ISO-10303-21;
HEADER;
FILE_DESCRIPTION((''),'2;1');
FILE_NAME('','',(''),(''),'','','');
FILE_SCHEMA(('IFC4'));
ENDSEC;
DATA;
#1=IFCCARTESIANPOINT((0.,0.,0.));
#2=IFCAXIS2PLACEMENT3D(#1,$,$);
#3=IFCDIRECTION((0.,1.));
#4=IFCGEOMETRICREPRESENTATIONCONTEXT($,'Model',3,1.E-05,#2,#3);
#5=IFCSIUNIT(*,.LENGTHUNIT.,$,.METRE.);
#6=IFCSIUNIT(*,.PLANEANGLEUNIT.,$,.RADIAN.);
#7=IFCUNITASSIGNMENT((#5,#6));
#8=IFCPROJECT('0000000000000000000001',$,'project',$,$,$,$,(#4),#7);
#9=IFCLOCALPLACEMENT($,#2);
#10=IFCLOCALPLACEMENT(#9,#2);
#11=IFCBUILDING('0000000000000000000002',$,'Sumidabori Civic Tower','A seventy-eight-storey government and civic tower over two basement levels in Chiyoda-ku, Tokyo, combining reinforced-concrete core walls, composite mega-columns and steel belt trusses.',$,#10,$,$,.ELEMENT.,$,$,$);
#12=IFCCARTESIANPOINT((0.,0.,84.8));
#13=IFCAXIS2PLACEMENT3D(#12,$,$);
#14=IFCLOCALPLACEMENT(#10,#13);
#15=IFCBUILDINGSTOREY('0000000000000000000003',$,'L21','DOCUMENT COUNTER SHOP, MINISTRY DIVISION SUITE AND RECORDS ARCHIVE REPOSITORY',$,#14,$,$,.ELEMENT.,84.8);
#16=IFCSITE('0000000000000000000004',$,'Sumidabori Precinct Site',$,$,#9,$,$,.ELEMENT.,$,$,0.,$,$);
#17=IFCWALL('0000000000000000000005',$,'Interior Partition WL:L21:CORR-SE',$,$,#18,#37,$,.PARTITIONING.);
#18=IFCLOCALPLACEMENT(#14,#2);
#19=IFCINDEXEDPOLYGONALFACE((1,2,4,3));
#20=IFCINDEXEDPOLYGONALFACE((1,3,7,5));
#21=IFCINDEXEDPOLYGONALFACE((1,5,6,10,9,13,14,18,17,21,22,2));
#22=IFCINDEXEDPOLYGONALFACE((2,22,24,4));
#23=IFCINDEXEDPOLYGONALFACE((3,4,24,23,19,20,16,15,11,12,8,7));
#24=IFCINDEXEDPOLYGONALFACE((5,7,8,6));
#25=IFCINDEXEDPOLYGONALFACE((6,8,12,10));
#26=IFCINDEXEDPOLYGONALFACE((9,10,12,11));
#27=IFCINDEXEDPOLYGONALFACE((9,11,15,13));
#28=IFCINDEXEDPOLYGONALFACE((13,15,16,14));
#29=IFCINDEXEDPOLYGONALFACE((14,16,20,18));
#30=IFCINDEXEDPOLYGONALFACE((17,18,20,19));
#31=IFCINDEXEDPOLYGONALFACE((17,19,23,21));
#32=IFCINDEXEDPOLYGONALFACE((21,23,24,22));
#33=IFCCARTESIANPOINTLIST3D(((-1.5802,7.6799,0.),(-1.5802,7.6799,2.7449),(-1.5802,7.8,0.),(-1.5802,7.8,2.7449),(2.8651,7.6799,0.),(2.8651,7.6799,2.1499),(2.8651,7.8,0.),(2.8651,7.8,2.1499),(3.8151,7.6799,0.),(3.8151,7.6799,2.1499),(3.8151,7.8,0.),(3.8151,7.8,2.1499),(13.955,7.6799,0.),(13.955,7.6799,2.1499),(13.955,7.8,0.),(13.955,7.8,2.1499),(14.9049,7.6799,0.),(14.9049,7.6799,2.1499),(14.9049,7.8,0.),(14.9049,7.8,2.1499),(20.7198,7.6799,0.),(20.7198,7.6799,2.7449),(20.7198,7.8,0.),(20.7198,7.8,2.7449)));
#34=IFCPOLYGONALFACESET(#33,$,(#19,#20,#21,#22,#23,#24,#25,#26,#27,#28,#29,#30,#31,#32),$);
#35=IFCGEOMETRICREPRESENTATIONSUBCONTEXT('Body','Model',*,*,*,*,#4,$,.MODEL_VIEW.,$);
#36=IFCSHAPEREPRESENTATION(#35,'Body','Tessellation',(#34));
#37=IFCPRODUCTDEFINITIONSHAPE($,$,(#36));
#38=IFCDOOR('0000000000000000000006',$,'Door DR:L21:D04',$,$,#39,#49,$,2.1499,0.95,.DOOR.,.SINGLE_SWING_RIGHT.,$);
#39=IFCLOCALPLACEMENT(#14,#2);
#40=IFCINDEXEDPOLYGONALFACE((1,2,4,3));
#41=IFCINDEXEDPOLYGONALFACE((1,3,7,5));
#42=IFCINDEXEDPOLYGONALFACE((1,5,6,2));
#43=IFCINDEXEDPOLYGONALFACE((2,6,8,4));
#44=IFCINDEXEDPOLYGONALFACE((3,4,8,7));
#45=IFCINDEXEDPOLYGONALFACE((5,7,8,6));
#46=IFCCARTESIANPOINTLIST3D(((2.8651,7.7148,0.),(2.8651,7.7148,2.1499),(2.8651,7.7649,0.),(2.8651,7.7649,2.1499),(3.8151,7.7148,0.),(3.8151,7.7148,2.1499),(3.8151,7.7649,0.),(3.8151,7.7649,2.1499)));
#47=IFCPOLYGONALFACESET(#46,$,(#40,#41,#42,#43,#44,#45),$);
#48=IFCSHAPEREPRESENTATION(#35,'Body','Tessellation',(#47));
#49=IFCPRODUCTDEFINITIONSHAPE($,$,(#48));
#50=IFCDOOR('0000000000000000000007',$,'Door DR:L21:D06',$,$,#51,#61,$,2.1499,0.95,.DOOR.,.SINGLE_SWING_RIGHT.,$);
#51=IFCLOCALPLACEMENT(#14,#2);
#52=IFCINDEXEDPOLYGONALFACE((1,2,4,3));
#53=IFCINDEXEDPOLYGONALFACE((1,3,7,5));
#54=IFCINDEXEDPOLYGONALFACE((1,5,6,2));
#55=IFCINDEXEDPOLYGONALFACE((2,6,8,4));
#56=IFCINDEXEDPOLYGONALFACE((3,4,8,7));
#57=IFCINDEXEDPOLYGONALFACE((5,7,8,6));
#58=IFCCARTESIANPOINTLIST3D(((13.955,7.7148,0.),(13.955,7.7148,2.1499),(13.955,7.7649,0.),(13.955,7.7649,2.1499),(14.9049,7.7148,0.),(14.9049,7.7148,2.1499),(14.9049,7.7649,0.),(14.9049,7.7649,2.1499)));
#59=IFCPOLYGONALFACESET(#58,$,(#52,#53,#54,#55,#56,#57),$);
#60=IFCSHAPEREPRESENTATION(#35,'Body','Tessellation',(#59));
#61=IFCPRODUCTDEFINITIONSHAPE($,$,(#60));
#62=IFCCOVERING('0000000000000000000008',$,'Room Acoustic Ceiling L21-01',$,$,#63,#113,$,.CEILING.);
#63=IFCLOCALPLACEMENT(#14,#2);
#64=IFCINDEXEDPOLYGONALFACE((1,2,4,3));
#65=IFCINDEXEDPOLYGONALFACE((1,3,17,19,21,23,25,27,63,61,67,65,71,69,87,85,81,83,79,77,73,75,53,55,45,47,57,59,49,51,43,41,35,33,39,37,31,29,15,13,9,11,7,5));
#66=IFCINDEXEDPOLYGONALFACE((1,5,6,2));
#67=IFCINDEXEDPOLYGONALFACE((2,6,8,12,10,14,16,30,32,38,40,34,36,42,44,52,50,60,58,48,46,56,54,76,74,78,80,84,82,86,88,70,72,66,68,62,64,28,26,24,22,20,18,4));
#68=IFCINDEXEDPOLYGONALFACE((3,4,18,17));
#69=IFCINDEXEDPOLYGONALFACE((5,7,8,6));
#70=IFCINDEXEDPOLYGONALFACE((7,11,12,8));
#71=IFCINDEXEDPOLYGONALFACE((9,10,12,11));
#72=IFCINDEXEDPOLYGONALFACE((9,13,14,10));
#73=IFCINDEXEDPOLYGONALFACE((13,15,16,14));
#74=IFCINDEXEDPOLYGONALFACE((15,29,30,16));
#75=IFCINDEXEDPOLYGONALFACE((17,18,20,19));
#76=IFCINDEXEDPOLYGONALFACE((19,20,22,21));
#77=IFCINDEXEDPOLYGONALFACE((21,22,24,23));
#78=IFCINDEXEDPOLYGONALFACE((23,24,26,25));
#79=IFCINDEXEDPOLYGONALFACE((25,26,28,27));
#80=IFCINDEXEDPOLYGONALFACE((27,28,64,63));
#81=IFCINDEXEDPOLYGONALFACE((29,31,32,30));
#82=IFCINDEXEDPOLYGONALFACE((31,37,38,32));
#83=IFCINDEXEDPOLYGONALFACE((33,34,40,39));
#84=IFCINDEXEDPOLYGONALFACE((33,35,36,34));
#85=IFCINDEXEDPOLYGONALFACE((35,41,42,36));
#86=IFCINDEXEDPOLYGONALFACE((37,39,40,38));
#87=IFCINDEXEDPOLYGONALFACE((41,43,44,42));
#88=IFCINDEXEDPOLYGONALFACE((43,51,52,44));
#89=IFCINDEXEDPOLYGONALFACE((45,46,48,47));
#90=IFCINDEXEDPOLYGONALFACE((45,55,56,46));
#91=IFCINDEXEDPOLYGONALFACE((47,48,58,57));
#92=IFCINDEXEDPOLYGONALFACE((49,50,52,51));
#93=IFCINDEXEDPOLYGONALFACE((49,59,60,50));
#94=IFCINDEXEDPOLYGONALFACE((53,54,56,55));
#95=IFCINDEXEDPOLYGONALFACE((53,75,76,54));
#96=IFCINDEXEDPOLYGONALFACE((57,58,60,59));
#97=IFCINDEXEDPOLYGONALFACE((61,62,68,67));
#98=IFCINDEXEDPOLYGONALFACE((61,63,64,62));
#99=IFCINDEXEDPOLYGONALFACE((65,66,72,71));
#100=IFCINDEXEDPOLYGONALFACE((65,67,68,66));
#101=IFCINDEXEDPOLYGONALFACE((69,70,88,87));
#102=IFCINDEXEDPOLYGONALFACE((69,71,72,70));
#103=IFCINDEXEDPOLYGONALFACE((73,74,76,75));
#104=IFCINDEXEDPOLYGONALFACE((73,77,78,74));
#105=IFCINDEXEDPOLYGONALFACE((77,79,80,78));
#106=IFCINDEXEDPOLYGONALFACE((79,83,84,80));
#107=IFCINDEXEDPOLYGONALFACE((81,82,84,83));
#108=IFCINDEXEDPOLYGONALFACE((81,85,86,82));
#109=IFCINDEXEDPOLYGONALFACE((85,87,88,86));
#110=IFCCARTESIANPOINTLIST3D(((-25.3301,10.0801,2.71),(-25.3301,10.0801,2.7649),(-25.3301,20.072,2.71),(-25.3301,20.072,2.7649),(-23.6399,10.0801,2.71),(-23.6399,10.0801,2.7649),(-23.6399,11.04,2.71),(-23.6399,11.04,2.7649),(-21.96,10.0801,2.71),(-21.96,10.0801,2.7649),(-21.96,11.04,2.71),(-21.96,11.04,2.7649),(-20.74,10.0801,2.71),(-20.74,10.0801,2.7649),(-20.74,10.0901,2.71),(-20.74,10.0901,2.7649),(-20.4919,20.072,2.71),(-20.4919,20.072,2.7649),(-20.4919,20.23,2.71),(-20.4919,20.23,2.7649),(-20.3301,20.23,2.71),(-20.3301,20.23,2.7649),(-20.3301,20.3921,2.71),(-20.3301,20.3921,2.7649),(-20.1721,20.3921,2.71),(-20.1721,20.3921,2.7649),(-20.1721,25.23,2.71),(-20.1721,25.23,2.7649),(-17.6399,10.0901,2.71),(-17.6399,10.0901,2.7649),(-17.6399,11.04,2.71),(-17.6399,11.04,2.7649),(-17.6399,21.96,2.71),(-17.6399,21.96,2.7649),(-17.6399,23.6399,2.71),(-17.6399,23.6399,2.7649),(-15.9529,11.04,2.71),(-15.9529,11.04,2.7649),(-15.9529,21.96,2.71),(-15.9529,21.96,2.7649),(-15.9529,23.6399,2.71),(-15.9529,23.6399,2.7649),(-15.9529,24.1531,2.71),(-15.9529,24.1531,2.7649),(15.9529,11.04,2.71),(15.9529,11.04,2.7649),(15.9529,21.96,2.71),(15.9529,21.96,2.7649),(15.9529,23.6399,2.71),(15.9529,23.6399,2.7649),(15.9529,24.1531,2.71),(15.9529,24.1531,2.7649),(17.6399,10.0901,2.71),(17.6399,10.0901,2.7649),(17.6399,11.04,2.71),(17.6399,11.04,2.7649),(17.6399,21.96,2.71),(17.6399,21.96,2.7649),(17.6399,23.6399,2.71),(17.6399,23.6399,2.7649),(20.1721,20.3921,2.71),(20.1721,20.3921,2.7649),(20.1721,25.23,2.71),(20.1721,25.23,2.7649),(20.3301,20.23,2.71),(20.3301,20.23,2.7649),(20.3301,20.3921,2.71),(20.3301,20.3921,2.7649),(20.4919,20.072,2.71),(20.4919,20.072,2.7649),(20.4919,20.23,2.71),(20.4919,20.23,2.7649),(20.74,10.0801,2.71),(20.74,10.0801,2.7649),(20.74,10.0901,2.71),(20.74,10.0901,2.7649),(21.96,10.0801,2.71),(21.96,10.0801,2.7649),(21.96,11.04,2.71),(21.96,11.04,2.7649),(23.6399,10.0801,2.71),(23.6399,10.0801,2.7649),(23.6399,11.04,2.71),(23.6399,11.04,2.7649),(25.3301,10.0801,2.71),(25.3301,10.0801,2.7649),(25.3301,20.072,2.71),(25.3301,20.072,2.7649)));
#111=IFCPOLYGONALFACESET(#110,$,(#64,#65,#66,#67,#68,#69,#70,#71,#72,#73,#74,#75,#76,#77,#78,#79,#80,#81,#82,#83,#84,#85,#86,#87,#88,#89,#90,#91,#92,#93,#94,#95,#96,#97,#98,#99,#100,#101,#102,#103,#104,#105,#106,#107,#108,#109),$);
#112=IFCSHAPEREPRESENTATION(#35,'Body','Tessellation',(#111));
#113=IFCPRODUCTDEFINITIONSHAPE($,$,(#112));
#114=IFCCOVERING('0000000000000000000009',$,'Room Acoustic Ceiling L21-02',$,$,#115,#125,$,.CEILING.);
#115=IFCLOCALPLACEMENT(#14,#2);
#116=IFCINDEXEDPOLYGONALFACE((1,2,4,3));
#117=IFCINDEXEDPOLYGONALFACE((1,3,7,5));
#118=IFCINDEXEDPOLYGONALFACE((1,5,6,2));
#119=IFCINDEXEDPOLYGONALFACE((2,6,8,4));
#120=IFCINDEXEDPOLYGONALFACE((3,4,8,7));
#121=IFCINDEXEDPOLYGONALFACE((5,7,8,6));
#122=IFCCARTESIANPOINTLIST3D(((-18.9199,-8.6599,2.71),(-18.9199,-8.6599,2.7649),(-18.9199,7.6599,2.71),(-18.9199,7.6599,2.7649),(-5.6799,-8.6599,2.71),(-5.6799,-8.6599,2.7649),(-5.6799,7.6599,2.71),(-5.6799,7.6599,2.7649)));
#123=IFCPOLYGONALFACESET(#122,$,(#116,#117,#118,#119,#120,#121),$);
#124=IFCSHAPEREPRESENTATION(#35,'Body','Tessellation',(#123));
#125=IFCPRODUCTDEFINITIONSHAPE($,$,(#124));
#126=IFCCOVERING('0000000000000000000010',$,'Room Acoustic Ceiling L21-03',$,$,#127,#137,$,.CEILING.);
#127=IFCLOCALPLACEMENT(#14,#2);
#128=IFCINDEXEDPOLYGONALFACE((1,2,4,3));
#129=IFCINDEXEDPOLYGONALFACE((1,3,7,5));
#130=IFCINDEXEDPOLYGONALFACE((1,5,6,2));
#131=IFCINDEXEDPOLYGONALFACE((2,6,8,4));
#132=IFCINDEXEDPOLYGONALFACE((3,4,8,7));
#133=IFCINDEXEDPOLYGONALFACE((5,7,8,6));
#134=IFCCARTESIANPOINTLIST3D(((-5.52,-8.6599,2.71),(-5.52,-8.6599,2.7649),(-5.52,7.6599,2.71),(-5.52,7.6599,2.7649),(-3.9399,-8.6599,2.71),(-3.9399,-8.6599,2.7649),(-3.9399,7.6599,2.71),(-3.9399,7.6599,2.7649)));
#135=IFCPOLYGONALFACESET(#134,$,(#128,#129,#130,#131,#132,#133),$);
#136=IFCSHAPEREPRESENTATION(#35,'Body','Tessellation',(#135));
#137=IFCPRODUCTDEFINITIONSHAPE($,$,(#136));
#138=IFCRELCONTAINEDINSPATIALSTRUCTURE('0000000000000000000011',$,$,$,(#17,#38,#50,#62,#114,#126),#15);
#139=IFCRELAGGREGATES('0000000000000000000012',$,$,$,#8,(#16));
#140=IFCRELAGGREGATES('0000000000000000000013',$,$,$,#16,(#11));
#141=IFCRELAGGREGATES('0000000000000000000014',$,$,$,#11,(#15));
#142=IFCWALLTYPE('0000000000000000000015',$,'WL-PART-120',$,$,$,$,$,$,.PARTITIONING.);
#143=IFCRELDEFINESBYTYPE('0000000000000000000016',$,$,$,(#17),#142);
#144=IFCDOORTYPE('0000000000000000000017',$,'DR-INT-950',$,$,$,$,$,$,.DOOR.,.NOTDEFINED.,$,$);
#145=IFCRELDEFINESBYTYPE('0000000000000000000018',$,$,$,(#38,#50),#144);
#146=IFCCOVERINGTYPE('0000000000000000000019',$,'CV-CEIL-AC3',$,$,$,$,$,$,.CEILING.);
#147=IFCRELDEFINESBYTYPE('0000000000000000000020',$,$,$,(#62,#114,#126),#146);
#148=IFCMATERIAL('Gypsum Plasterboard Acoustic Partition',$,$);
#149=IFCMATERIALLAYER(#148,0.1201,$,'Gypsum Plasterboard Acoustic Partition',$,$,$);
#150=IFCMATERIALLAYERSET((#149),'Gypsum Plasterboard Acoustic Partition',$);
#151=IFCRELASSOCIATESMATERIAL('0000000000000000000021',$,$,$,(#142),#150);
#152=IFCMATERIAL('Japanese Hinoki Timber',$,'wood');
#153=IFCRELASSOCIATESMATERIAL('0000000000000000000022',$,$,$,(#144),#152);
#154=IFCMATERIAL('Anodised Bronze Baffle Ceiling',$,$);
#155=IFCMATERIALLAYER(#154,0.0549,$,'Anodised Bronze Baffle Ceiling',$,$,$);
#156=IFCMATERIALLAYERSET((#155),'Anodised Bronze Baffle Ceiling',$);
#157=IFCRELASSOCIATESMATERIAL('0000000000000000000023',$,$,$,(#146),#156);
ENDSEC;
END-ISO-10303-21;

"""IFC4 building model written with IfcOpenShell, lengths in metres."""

from ifc_helpers import new_model, si_unit, direction, frame, frame_2d, origin, place, context, subcontext, project, spatial, polyline, rectangle, outline, extrude, source, transform, mapped, material, layer, layer_set, type_object, element, fill, save


model = new_model("IFC4")

# Units and contexts
model_context = context("Model", 3, precision=1e-05, world=origin(), true_north=direction((0.0, 1.0)))
body_context = subcontext(model_context, "Body", "Model", "MODEL_VIEW")
ifc_project = project(units=[si_unit("LENGTHUNIT", "METRE"), si_unit("PLANEANGLEUNIT", "RADIAN")], contexts=[model_context])

# Site, building, storey
site_placement = place(None, origin())
site = spatial("IfcSite", under=ifc_project, at=site_placement, Name="Sumidabori Precinct Site", CompositionType="ELEMENT", RefElevation=0.0)
building_placement = place(site_placement, origin())
building = spatial("IfcBuilding", under=site, at=building_placement, Name="Sumidabori Civic Tower", Description="A seventy-eight-storey government and civic tower over two basement levels in Chiyoda-ku, Tokyo, combining reinforced-concrete core walls, composite mega-columns and steel belt trusses.", CompositionType="ELEMENT")
storey_placement = place(building_placement, frame((0.0, 0.0, 84.8)))
storey = spatial("IfcBuildingStorey", under=building, at=storey_placement, Name="L21", Description="DOCUMENT COUNTER SHOP, MINISTRY DIVISION SUITE AND RECORDS ARCHIVE REPOSITORY", CompositionType="ELEMENT", Elevation=84.8)

# Shared definitions
ifc_material_1 = material(Name="Japanese Hinoki Timber", Category="wood")

# Wall, openings, doors
ifc_material_2 = material(Name="Gypsum Plasterboard Acoustic Partition")
ifc_layer_1 = layer(ifc_material_2, 0.1201, Name="Gypsum Plasterboard Acoustic Partition")
ifc_layer_set_1 = layer_set([ifc_layer_1], Name="Gypsum Plasterboard Acoustic Partition")
wall_type_1 = type_object("IfcWallType", Name="WL-PART-120", PredefinedType="PARTITIONING", material=ifc_layer_set_1)
shared_shape_1 = source(origin(), body_context, "Body", "SweptSolid", [
    extrude(rectangle(XDim=22.3, YDim=0.1201, at=frame_2d((11.1499, 0.0))), origin(), (0.0, 0.0, 1.0), 2.7449),
])
wall_1_placement = place(storey_placement, frame((-1.5801, 7.74, 0.0), z_axis=(0.0, 0.0, 1.0), x_axis=(1.0, 0.0, 0.0)))
wall_1 = element("IfcWall", 1, at=wall_1_placement, inside=storey, type_object=wall_type_1, Name="Interior Partition WL:L21:CORR-SE", PredefinedType="PARTITIONING", context=body_context, shape_type="MappedRepresentation", body=[
    mapped(shared_shape_1, transform((0.0, 0.0, 0.0), x_axis=(1.0, 0.0, 0.0), y_axis=(0.0, 1.0, 0.0), z_axis=(0.0, 0.0, 1.0), scale=1.0)),
])
opening_1_placement = place(wall_1_placement, frame((4.4451, 0.0, 0.0)))
opening_1 = element("IfcOpeningElement", 2, at=opening_1_placement, cuts=wall_1, PredefinedType="OPENING", context=body_context, shape_type="SweptSolid", body=[
    extrude(rectangle(XDim=0.95, YDim=2.1499, at=frame_2d((0.4751, 1.075))), frame((0.0, 0.072, 0.0), z_axis=(0.0, -1.0, 0.0), x_axis=(1.0, 0.0, 0.0)), (0.0, 0.0, 1.0), 0.144),
])
opening_2_placement = place(wall_1_placement, frame((15.5349, 0.0, 0.0)))
opening_2 = element("IfcOpeningElement", 3, at=opening_2_placement, cuts=wall_1, PredefinedType="OPENING", context=body_context, shape_type="SweptSolid", body=[
    extrude(rectangle(XDim=0.95, YDim=2.1499, at=frame_2d((0.4751, 1.075))), frame((0.0, 0.072, 0.0), z_axis=(0.0, -1.0, 0.0), x_axis=(1.0, 0.0, 0.0)), (0.0, 0.0, 1.0), 0.144),
])
door_type_1 = type_object("IfcDoorType", Name="DR-INT-950", OperationType="NOTDEFINED", PredefinedType="DOOR", material=ifc_material_1)
shared_shape_2 = source(origin(), body_context, "Body", "SweptSolid", [
    extrude(rectangle(XDim=0.95, YDim=2.1499, at=frame_2d((0.4751, 1.075))), frame((0.0, 0.0249, 0.0), z_axis=(0.0, -1.0, 0.0), x_axis=(1.0, 0.0, 0.0)), (0.0, 0.0, 1.0), 0.05),
])
door_1_placement = place(opening_1_placement, origin())
door_1 = element("IfcDoor", 4, at=door_1_placement, inside=storey, type_object=door_type_1, Name="Door DR:L21:D04", OperationType="SINGLE_SWING_RIGHT", OverallHeight=2.1499, OverallWidth=0.95, PredefinedType="DOOR", context=body_context, shape_type="MappedRepresentation", body=[
    mapped(shared_shape_2, transform((0.0, 0.0, 0.0), x_axis=(1.0, 0.0, 0.0), y_axis=(0.0, 1.0, 0.0), z_axis=(0.0, 0.0, 1.0), scale=1.0)),
])
fill(opening_1, door_1)
door_2_placement = place(opening_2_placement, origin())
door_2 = element("IfcDoor", 5, at=door_2_placement, inside=storey, type_object=door_type_1, Name="Door DR:L21:D06", OperationType="SINGLE_SWING_RIGHT", OverallHeight=2.1499, OverallWidth=0.95, PredefinedType="DOOR", context=body_context, shape_type="MappedRepresentation", body=[
    mapped(shared_shape_2, transform((0.0, 0.0, 0.0), x_axis=(1.0, 0.0, 0.0), y_axis=(0.0, 1.0, 0.0), z_axis=(0.0, 0.0, 1.0), scale=1.0)),
])
fill(opening_2, door_2)

# Coverings
ifc_material_3 = material(Name="Anodised Bronze Baffle Ceiling")
ifc_layer_2 = layer(ifc_material_3, 0.0549, Name="Anodised Bronze Baffle Ceiling")
ifc_layer_set_2 = layer_set([ifc_layer_2], Name="Anodised Bronze Baffle Ceiling")
covering_type_1 = type_object("IfcCoveringType", Name="CV-CEIL-AC3", PredefinedType="CEILING", material=ifc_layer_set_2)
covering_1_placement = place(storey_placement, frame((0.0, 0.0, 2.71)))
element("IfcCovering", 6, at=covering_1_placement, inside=storey, type_object=covering_type_1, Name="Room Acoustic Ceiling L21-01", PredefinedType="CEILING", context=body_context, shape_type="SweptSolid", body=[
    extrude(outline(polyline([(-25.3301, 10.0801), (-25.3301, 20.072), (-20.4919, 20.072), (-20.4919, 20.23), (-20.3301, 20.23), (-20.3301, 20.3921), (-20.1721, 20.3921), (-20.1721, 25.23), (20.1721, 25.23), (20.1721, 20.3921), (20.3301, 20.3921), (20.3301, 20.23), (20.4919, 20.23), (20.4919, 20.072), (25.3301, 20.072), (25.3301, 10.0801), (23.6399, 10.0801), (23.6399, 11.04), (21.96, 11.04), (21.96, 10.0801), (20.74, 10.0801), (20.74, 10.0901), (17.6399, 10.0901), (17.6399, 11.04), (15.9529, 11.04), (15.9529, 21.96), (17.6399, 21.96), (17.6399, 23.6399), (15.9529, 23.6399), (15.9529, 24.1531), (-15.9529, 24.1531), (-15.9529, 23.6399), (-17.6399, 23.6399), (-17.6399, 21.96), (-15.9529, 21.96), (-15.9529, 11.04), (-17.6399, 11.04), (-17.6399, 10.0901), (-20.74, 10.0901), (-20.74, 10.0801), (-21.96, 10.0801), (-21.96, 11.04), (-23.6399, 11.04), (-23.6399, 10.0801), (-25.3301, 10.0801)])), origin(), (0.0, 0.0, 1.0), 0.0549),
])
covering_2_placement = place(storey_placement, frame((0.0, 0.0, 2.71)))
element("IfcCovering", 7, at=covering_2_placement, inside=storey, type_object=covering_type_1, Name="Room Acoustic Ceiling L21-02", PredefinedType="CEILING", context=body_context, shape_type="SweptSolid", body=[
    extrude(outline(polyline([(-18.9199, 7.6599), (-5.6799, 7.6599), (-5.6799, -8.6599), (-18.9199, -8.6599), (-18.9199, 7.6599)])), origin(), (0.0, 0.0, 1.0), 0.0549),
])
covering_3_placement = place(storey_placement, frame((0.0, 0.0, 2.71)))
element("IfcCovering", 8, at=covering_3_placement, inside=storey, type_object=covering_type_1, Name="Room Acoustic Ceiling L21-03", PredefinedType="CEILING", context=body_context, shape_type="SweptSolid", body=[
    extrude(outline(polyline([(-5.52, 7.6599), (-3.9399, 7.6599), (-3.9399, -8.6599), (-5.52, -8.6599), (-5.52, 7.6599)])), origin(), (0.0, 0.0, 1.0), 0.0549),
])

save(model, "model.ifc")
